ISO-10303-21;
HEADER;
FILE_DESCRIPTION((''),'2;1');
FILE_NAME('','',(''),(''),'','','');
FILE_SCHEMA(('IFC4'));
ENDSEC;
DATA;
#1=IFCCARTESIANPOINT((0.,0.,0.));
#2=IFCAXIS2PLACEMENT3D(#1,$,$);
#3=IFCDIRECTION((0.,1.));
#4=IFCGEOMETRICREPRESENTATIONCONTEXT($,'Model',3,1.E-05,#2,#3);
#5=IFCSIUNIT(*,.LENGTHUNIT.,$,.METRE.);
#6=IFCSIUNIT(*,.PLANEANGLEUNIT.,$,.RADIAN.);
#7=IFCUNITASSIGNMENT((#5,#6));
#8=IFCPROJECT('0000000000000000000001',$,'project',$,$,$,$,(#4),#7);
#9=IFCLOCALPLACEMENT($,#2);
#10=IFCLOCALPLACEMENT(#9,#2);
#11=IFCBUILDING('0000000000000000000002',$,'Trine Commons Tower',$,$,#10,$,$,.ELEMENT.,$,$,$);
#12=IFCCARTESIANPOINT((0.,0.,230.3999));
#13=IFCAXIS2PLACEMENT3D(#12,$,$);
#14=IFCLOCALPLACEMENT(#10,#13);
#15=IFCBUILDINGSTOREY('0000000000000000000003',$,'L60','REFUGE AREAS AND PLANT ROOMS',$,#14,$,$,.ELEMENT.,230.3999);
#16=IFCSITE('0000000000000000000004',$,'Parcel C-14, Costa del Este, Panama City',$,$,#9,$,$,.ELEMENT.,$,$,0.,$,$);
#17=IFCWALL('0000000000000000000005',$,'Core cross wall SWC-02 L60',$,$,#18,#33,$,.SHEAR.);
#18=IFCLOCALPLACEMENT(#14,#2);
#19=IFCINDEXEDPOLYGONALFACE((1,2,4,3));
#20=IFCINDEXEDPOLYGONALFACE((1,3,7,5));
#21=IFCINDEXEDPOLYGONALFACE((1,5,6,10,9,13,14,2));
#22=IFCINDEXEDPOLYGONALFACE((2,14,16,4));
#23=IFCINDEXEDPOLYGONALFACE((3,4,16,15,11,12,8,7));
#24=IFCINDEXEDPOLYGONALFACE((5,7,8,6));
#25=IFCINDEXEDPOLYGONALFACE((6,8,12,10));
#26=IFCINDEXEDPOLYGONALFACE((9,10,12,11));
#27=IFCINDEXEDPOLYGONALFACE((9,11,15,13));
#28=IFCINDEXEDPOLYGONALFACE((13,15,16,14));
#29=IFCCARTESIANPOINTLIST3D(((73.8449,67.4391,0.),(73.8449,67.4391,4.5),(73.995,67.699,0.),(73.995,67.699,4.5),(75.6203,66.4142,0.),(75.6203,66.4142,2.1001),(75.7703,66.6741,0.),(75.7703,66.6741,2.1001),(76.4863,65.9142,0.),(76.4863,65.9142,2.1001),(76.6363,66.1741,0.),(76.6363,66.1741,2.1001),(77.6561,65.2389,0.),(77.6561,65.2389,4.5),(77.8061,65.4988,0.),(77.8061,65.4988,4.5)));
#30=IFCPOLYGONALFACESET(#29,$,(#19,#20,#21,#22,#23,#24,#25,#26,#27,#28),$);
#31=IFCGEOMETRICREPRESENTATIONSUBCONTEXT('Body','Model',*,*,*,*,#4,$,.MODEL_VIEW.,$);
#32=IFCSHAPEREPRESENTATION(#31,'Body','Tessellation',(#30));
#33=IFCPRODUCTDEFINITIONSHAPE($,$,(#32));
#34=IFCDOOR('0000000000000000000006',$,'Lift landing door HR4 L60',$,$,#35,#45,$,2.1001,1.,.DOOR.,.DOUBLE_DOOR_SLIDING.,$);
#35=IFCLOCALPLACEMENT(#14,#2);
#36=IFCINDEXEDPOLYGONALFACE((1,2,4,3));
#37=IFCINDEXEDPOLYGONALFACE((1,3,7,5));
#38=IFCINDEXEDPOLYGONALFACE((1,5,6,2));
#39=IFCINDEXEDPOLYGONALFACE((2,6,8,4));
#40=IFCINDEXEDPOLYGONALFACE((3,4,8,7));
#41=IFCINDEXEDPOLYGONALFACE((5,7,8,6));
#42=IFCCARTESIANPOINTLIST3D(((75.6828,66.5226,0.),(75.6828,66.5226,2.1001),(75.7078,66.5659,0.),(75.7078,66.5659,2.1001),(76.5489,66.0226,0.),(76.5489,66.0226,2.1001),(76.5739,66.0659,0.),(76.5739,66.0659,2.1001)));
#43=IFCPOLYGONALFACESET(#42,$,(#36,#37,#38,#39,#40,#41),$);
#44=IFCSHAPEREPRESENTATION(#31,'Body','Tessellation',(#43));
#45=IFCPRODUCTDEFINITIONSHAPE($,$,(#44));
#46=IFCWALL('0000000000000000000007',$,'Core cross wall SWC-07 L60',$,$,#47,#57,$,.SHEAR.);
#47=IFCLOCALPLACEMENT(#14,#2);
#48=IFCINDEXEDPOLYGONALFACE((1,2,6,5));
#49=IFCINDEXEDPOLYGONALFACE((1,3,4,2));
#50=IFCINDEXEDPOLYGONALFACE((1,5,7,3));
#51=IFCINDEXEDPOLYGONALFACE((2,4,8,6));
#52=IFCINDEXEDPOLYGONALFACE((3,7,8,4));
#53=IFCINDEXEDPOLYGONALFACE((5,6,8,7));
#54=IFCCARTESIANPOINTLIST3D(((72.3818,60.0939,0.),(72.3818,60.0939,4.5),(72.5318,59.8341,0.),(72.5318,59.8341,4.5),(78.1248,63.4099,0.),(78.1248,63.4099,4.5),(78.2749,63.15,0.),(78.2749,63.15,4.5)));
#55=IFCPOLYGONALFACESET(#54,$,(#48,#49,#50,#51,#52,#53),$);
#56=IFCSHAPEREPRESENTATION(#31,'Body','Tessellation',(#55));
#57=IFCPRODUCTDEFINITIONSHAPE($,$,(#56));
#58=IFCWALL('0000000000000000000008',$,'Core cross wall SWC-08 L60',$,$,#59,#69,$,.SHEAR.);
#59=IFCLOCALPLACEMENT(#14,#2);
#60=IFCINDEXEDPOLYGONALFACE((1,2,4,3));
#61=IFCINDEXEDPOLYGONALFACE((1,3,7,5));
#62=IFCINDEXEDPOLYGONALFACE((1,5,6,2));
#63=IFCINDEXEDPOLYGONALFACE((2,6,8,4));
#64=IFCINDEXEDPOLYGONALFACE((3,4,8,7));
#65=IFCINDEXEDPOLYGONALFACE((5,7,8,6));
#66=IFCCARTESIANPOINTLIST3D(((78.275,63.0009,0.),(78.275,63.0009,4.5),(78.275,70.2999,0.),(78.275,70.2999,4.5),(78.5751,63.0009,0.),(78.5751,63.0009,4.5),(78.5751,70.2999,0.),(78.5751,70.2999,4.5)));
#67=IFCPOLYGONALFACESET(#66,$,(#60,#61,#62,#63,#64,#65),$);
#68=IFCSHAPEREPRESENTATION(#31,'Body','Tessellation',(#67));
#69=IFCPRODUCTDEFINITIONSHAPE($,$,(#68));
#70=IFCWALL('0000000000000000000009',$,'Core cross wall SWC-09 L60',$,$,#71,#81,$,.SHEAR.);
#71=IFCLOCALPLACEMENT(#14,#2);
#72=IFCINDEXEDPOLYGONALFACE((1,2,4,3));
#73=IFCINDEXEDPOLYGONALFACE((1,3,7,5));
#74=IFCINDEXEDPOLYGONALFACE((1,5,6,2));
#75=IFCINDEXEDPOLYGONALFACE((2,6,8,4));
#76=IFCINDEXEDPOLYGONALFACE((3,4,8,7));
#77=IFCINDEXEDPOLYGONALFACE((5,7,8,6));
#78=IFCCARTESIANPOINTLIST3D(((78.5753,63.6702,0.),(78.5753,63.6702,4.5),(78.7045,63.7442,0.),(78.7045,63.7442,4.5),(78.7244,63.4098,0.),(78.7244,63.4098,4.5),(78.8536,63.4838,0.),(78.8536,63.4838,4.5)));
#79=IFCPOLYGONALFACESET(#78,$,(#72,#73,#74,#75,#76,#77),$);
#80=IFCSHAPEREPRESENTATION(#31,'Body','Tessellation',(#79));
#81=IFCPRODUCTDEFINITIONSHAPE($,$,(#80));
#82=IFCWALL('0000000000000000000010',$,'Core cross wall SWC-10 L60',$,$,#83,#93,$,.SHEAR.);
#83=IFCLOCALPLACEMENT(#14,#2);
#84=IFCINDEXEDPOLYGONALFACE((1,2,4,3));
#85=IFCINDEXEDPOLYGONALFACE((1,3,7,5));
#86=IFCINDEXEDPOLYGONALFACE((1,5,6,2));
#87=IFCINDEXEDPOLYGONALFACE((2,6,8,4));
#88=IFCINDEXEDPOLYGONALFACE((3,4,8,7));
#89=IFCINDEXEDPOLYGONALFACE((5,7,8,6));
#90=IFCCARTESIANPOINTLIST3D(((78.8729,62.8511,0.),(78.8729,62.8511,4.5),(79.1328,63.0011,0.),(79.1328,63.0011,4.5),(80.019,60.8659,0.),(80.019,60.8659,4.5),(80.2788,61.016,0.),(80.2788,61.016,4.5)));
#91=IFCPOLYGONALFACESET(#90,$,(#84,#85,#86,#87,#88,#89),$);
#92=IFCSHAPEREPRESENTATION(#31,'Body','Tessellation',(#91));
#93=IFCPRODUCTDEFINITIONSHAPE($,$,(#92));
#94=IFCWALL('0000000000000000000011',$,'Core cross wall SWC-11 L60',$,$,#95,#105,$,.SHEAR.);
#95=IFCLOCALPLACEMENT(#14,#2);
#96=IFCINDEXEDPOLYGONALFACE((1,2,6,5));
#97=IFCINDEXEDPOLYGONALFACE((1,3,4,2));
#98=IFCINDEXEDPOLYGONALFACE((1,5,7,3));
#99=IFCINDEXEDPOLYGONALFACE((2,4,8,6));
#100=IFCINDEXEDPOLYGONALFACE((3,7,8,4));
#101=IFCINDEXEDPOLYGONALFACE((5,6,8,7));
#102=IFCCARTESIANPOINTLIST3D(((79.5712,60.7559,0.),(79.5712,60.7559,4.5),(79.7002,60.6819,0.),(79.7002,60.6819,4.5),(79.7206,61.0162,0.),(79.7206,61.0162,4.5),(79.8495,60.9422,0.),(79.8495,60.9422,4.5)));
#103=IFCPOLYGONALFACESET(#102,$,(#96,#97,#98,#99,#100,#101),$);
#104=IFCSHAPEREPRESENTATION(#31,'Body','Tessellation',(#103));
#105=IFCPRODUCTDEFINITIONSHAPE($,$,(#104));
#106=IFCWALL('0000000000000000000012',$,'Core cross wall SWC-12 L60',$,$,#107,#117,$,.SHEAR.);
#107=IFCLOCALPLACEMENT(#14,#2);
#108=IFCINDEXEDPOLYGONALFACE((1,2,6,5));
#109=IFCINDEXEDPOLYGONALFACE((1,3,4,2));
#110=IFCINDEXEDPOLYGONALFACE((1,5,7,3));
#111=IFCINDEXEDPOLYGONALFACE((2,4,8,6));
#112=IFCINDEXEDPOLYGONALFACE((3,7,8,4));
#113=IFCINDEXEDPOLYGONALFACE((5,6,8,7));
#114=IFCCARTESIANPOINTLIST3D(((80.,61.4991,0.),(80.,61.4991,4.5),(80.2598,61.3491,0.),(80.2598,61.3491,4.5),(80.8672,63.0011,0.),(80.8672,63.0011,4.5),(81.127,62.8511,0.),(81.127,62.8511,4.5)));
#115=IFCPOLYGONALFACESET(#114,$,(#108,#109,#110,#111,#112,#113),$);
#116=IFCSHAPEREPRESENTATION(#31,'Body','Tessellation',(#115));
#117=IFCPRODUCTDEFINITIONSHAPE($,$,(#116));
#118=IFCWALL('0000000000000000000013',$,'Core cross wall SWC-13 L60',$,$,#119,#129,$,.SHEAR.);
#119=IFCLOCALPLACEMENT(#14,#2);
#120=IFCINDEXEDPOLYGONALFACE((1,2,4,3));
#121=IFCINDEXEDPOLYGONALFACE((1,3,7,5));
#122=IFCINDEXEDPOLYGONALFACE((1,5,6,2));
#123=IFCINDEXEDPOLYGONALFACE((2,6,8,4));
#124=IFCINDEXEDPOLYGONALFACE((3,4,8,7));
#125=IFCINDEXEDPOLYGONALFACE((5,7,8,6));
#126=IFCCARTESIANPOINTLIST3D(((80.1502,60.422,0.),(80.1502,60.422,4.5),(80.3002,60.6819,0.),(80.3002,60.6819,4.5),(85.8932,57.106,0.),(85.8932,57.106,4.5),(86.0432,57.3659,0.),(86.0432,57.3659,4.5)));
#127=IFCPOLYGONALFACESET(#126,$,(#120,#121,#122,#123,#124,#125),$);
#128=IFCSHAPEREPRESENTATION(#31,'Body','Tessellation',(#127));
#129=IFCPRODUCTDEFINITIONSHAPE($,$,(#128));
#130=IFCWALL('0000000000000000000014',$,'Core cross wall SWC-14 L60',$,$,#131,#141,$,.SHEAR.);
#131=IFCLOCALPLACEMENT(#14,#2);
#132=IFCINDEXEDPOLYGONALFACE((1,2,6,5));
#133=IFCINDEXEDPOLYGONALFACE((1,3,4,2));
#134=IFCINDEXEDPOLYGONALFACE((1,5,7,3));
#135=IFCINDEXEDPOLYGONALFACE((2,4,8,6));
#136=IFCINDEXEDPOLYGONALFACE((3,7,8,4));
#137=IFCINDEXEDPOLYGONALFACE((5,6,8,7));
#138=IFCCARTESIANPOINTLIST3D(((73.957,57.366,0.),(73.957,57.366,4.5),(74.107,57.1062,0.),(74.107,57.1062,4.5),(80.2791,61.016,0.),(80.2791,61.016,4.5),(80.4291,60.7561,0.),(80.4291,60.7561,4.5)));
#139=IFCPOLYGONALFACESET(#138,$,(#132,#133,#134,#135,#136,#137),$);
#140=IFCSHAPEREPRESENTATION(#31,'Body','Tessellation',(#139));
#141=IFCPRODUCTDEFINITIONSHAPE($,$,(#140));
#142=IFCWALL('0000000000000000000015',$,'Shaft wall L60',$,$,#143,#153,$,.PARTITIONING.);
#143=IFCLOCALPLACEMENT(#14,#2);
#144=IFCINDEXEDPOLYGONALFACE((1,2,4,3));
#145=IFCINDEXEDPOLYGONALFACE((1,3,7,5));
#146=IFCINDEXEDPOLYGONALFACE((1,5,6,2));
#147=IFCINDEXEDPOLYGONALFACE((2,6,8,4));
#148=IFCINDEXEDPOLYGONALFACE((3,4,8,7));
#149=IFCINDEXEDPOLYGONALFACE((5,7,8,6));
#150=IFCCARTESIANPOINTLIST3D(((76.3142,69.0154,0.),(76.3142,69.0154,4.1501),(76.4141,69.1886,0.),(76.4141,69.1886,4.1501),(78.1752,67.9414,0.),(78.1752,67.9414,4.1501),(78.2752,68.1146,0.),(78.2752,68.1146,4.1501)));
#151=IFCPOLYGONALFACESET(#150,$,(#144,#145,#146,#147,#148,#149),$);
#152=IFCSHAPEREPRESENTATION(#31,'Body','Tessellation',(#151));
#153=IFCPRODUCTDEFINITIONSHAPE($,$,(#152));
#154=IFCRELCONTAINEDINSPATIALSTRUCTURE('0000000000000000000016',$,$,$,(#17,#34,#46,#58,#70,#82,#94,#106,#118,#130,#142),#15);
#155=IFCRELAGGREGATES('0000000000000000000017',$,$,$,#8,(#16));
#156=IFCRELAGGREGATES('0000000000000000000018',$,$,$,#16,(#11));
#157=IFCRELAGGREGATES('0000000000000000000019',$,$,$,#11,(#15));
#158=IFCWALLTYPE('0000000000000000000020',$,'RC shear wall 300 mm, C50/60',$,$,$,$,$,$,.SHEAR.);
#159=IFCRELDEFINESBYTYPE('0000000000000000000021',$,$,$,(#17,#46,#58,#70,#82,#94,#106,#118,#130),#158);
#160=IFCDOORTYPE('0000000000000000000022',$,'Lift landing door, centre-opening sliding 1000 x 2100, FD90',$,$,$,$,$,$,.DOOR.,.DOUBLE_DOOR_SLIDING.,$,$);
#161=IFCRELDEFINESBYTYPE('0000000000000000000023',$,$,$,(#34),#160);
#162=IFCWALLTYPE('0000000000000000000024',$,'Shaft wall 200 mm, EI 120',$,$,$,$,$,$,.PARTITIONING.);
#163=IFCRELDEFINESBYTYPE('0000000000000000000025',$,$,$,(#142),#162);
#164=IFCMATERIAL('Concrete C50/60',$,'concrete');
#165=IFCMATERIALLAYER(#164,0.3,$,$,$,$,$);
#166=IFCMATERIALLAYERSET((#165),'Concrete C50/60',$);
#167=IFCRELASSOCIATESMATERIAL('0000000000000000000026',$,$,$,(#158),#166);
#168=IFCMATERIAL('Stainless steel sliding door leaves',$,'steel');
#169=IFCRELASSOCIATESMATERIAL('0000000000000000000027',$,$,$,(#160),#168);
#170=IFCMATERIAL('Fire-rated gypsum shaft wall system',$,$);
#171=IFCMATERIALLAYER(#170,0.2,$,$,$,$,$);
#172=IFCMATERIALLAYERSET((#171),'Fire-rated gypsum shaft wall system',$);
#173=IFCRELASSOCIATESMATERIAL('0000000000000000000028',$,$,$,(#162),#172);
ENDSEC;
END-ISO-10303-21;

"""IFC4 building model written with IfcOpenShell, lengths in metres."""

from ifc_helpers import new_model, si_unit, direction, frame, frame_2d, origin, place, context, subcontext, project, spatial, rectangle, extrude, material, layer, layer_set, type_object, element, fill, save


model = new_model("IFC4")

# Units and contexts
model_context = context("Model", 3, precision=1e-05, world=origin(), true_north=direction((0.0, 1.0)))
body_context = subcontext(model_context, "Body", "Model", "MODEL_VIEW")
ifc_project = project(units=[si_unit("LENGTHUNIT", "METRE"), si_unit("PLANEANGLEUNIT", "RADIAN")], contexts=[model_context])

# Site, building, storey
site_placement = place(None, origin())
site = spatial("IfcSite", under=ifc_project, at=site_placement, Name="Parcel C-14, Costa del Este, Panama City", CompositionType="ELEMENT", RefElevation=0.0)
building_placement = place(site_placement, origin())
building = spatial("IfcBuilding", under=site, at=building_placement, Name="Trine Commons Tower", CompositionType="ELEMENT")
storey_placement = place(building_placement, frame((0.0, 0.0, 230.3999)))
storey = spatial("IfcBuildingStorey", under=building, at=storey_placement, Name="L60", Description="REFUGE AREAS AND PLANT ROOMS", CompositionType="ELEMENT", Elevation=230.3999)

# Wall, opening, door
ifc_material_1 = material(Name="Concrete C50/60", Category="concrete")
ifc_layer_1 = layer(ifc_material_1, 0.3)
ifc_layer_set_1 = layer_set([ifc_layer_1], Name="Concrete C50/60")
wall_type_1 = type_object("IfcWallType", Name="RC shear wall 300 mm, C50/60", PredefinedType="SHEAR", material=ifc_layer_set_1)
wall_1_placement = place(storey_placement, frame((77.731, 65.3689, 0.0), z_axis=(0.0, 0.0, 1.0), x_axis=(-0.866036, 0.499982, 0.0)))
wall_1 = element("IfcWall", 1, at=wall_1_placement, inside=storey, type_object=wall_type_1, Name="Core cross wall SWC-02 L60", PredefinedType="SHEAR", context=body_context, shape_type="SweptSolid", body=[
    extrude(rectangle(XDim=4.4006, YDim=0.3, at=frame_2d((2.2002, 0.0))), origin(), (0.0, 0.0, 1.0), 4.5),
])
opening_placement = place(wall_1_placement, frame((1.3506, 0.0, 0.0)))
opening = element("IfcOpeningElement", 2, at=opening_placement, cuts=wall_1, PredefinedType="OPENING", context=body_context, shape_type="SweptSolid", body=[
    extrude(rectangle(XDim=1.0, YDim=2.1001, at=frame_2d((0.5, 1.05))), frame((0.0, 0.1599, 0.0), z_axis=(0.0, -1.0, 0.0), x_axis=(1.0, 0.0, 0.0)), (0.0, 0.0, 1.0), 0.3201),
])
ifc_material_2 = material(Name="Stainless steel sliding door leaves", Category="steel")
door_type = type_object("IfcDoorType", Name="Lift landing door, centre-opening sliding 1000 x 2100, FD90", OperationType="DOUBLE_DOOR_SLIDING", PredefinedType="DOOR", material=ifc_material_2)
door_placement = place(opening_placement, origin())
door = element("IfcDoor", 3, at=door_placement, inside=storey, type_object=door_type, Name="Lift landing door HR4 L60", OperationType="DOUBLE_DOOR_SLIDING", OverallHeight=2.1001, OverallWidth=1.0, PredefinedType="DOOR", context=body_context, shape_type="SweptSolid", body=[
    extrude(rectangle(XDim=1.0, YDim=2.1001, at=frame_2d((0.5, 1.05))), frame((0.0, 0.0249, 0.0), z_axis=(0.0, -1.0, 0.0), x_axis=(1.0, 0.0, 0.0)), (0.0, 0.0, 1.0), 0.05),
])
fill(opening, door)

# Walls
wall_2_placement = place(storey_placement, frame((78.2, 63.28, 0.0), z_axis=(0.0, 0.0, 1.0), x_axis=(-0.86601, -0.500027, 0.0)))
element("IfcWall", 4, at=wall_2_placement, inside=storey, type_object=wall_type_1, Name="Core cross wall SWC-07 L60", PredefinedType="SHEAR", context=body_context, shape_type="SweptSolid", body=[
    extrude(rectangle(XDim=6.6316, YDim=0.3, at=frame_2d((3.3159, 0.0))), origin(), (0.0, 0.0, 1.0), 4.5),
])
wall_3_placement = place(storey_placement, frame((78.425, 63.001, 0.0), z_axis=(0.0, 0.0, 1.0), x_axis=(0.0, 1.0, 0.0)))
element("IfcWall", 5, at=wall_3_placement, inside=storey, type_object=wall_type_1, Name="Core cross wall SWC-08 L60", PredefinedType="SHEAR", context=body_context, shape_type="SweptSolid", body=[
    extrude(rectangle(XDim=7.2991, YDim=0.3, at=frame_2d((3.6494, 0.0))), origin(), (0.0, 0.0, 1.0), 4.5),
])
wall_4_placement = place(storey_placement, frame((78.7791, 63.614, 0.0), z_axis=(0.0, 0.0, 1.0), x_axis=(-0.867738, -0.497022, 0.0)))
element("IfcWall", 6, at=wall_4_placement, inside=storey, type_object=wall_type_1, Name="Core cross wall SWC-09 L60", PredefinedType="SHEAR", context=body_context, shape_type="SweptSolid", body=[
    extrude(rectangle(XDim=0.1489, YDim=0.3, at=frame_2d((0.0745, 0.0))), origin(), (0.0, 0.0, 1.0), 4.5),
])
wall_5_placement = place(storey_placement, frame((79.0029, 62.926, 0.0), z_axis=(0.0, 0.0, 1.0), x_axis=(0.499965, -0.866045, 0.0)))
element("IfcWall", 7, at=wall_5_placement, inside=storey, type_object=wall_type_1, Name="Core cross wall SWC-10 L60", PredefinedType="SHEAR", context=body_context, shape_type="SweptSolid", body=[
    extrude(rectangle(XDim=2.2922, YDim=0.3, at=frame_2d((1.146, 0.0))), origin(), (0.0, 0.0, 1.0), 4.5),
])
wall_6_placement = place(storey_placement, frame((79.646, 60.886, 0.0), z_axis=(0.0, 0.0, 1.0), x_axis=(0.867332, -0.49773, 0.0)))
element("IfcWall", 8, at=wall_6_placement, inside=storey, type_object=wall_type_1, Name="Core cross wall SWC-11 L60", PredefinedType="SHEAR", context=body_context, shape_type="SweptSolid", body=[
    extrude(rectangle(XDim=0.1487, YDim=0.3, at=frame_2d((0.0742, 0.0))), origin(), (0.0, 0.0, 1.0), 4.5),
])
wall_7_placement = place(storey_placement, frame((80.1299, 61.4241, 0.0), z_axis=(0.0, 0.0, 1.0), x_axis=(0.500015, 0.866017, 0.0)))
element("IfcWall", 9, at=wall_7_placement, inside=storey, type_object=wall_type_1, Name="Core cross wall SWC-12 L60", PredefinedType="SHEAR", context=body_context, shape_type="SweptSolid", body=[
    extrude(rectangle(XDim=1.7344, YDim=0.3, at=frame_2d((0.8672, 0.0))), origin(), (0.0, 0.0, 1.0), 4.5),
])
wall_8_placement = place(storey_placement, frame((80.2251, 60.552, 0.0), z_axis=(0.0, 0.0, 1.0), x_axis=(0.86601, -0.500027, 0.0)))
element("IfcWall", 10, at=wall_8_placement, inside=storey, type_object=wall_type_1, Name="Core cross wall SWC-13 L60", PredefinedType="SHEAR", context=body_context, shape_type="SweptSolid", body=[
    extrude(rectangle(XDim=6.6316, YDim=0.3, at=frame_2d((3.3159, 0.0))), origin(), (0.0, 0.0, 1.0), 4.5),
])
wall_9_placement = place(storey_placement, frame((80.354, 60.886, 0.0), z_axis=(0.0, 0.0, 1.0), x_axis=(-0.866032, -0.499988, 0.0)))
element("IfcWall", 11, at=wall_9_placement, inside=storey, type_object=wall_type_1, Name="Core cross wall SWC-14 L60", PredefinedType="SHEAR", context=body_context, shape_type="SweptSolid", body=[
    extrude(rectangle(XDim=7.3, YDim=0.3, at=frame_2d((3.6499, 0.0))), origin(), (0.0, 0.0, 1.0), 4.5),
])
ifc_material_3 = material(Name="Fire-rated gypsum shaft wall system")
ifc_layer_2 = layer(ifc_material_3, 0.2)
ifc_layer_set_2 = layer_set([ifc_layer_2], Name="Fire-rated gypsum shaft wall system")
wall_type_2 = type_object("IfcWallType", Name="Shaft wall 200 mm, EI 120", PredefinedType="PARTITIONING", material=ifc_layer_set_2)
wall_10_placement = place(storey_placement, frame((78.2251, 68.0281, 0.0), z_axis=(0.0, 0.0, 1.0), x_axis=(-0.866131, 0.499818, 0.0)))
element("IfcWall", 12, at=wall_10_placement, inside=storey, type_object=wall_type_2, Name="Shaft wall L60", PredefinedType="PARTITIONING", context=body_context, shape_type="SweptSolid", body=[
    extrude(rectangle(XDim=2.1487, YDim=0.2, at=frame_2d((1.0742, 0.0))), origin(), (0.0, 0.0, 1.0), 4.1501),
])

save(model, "model.ifc")
